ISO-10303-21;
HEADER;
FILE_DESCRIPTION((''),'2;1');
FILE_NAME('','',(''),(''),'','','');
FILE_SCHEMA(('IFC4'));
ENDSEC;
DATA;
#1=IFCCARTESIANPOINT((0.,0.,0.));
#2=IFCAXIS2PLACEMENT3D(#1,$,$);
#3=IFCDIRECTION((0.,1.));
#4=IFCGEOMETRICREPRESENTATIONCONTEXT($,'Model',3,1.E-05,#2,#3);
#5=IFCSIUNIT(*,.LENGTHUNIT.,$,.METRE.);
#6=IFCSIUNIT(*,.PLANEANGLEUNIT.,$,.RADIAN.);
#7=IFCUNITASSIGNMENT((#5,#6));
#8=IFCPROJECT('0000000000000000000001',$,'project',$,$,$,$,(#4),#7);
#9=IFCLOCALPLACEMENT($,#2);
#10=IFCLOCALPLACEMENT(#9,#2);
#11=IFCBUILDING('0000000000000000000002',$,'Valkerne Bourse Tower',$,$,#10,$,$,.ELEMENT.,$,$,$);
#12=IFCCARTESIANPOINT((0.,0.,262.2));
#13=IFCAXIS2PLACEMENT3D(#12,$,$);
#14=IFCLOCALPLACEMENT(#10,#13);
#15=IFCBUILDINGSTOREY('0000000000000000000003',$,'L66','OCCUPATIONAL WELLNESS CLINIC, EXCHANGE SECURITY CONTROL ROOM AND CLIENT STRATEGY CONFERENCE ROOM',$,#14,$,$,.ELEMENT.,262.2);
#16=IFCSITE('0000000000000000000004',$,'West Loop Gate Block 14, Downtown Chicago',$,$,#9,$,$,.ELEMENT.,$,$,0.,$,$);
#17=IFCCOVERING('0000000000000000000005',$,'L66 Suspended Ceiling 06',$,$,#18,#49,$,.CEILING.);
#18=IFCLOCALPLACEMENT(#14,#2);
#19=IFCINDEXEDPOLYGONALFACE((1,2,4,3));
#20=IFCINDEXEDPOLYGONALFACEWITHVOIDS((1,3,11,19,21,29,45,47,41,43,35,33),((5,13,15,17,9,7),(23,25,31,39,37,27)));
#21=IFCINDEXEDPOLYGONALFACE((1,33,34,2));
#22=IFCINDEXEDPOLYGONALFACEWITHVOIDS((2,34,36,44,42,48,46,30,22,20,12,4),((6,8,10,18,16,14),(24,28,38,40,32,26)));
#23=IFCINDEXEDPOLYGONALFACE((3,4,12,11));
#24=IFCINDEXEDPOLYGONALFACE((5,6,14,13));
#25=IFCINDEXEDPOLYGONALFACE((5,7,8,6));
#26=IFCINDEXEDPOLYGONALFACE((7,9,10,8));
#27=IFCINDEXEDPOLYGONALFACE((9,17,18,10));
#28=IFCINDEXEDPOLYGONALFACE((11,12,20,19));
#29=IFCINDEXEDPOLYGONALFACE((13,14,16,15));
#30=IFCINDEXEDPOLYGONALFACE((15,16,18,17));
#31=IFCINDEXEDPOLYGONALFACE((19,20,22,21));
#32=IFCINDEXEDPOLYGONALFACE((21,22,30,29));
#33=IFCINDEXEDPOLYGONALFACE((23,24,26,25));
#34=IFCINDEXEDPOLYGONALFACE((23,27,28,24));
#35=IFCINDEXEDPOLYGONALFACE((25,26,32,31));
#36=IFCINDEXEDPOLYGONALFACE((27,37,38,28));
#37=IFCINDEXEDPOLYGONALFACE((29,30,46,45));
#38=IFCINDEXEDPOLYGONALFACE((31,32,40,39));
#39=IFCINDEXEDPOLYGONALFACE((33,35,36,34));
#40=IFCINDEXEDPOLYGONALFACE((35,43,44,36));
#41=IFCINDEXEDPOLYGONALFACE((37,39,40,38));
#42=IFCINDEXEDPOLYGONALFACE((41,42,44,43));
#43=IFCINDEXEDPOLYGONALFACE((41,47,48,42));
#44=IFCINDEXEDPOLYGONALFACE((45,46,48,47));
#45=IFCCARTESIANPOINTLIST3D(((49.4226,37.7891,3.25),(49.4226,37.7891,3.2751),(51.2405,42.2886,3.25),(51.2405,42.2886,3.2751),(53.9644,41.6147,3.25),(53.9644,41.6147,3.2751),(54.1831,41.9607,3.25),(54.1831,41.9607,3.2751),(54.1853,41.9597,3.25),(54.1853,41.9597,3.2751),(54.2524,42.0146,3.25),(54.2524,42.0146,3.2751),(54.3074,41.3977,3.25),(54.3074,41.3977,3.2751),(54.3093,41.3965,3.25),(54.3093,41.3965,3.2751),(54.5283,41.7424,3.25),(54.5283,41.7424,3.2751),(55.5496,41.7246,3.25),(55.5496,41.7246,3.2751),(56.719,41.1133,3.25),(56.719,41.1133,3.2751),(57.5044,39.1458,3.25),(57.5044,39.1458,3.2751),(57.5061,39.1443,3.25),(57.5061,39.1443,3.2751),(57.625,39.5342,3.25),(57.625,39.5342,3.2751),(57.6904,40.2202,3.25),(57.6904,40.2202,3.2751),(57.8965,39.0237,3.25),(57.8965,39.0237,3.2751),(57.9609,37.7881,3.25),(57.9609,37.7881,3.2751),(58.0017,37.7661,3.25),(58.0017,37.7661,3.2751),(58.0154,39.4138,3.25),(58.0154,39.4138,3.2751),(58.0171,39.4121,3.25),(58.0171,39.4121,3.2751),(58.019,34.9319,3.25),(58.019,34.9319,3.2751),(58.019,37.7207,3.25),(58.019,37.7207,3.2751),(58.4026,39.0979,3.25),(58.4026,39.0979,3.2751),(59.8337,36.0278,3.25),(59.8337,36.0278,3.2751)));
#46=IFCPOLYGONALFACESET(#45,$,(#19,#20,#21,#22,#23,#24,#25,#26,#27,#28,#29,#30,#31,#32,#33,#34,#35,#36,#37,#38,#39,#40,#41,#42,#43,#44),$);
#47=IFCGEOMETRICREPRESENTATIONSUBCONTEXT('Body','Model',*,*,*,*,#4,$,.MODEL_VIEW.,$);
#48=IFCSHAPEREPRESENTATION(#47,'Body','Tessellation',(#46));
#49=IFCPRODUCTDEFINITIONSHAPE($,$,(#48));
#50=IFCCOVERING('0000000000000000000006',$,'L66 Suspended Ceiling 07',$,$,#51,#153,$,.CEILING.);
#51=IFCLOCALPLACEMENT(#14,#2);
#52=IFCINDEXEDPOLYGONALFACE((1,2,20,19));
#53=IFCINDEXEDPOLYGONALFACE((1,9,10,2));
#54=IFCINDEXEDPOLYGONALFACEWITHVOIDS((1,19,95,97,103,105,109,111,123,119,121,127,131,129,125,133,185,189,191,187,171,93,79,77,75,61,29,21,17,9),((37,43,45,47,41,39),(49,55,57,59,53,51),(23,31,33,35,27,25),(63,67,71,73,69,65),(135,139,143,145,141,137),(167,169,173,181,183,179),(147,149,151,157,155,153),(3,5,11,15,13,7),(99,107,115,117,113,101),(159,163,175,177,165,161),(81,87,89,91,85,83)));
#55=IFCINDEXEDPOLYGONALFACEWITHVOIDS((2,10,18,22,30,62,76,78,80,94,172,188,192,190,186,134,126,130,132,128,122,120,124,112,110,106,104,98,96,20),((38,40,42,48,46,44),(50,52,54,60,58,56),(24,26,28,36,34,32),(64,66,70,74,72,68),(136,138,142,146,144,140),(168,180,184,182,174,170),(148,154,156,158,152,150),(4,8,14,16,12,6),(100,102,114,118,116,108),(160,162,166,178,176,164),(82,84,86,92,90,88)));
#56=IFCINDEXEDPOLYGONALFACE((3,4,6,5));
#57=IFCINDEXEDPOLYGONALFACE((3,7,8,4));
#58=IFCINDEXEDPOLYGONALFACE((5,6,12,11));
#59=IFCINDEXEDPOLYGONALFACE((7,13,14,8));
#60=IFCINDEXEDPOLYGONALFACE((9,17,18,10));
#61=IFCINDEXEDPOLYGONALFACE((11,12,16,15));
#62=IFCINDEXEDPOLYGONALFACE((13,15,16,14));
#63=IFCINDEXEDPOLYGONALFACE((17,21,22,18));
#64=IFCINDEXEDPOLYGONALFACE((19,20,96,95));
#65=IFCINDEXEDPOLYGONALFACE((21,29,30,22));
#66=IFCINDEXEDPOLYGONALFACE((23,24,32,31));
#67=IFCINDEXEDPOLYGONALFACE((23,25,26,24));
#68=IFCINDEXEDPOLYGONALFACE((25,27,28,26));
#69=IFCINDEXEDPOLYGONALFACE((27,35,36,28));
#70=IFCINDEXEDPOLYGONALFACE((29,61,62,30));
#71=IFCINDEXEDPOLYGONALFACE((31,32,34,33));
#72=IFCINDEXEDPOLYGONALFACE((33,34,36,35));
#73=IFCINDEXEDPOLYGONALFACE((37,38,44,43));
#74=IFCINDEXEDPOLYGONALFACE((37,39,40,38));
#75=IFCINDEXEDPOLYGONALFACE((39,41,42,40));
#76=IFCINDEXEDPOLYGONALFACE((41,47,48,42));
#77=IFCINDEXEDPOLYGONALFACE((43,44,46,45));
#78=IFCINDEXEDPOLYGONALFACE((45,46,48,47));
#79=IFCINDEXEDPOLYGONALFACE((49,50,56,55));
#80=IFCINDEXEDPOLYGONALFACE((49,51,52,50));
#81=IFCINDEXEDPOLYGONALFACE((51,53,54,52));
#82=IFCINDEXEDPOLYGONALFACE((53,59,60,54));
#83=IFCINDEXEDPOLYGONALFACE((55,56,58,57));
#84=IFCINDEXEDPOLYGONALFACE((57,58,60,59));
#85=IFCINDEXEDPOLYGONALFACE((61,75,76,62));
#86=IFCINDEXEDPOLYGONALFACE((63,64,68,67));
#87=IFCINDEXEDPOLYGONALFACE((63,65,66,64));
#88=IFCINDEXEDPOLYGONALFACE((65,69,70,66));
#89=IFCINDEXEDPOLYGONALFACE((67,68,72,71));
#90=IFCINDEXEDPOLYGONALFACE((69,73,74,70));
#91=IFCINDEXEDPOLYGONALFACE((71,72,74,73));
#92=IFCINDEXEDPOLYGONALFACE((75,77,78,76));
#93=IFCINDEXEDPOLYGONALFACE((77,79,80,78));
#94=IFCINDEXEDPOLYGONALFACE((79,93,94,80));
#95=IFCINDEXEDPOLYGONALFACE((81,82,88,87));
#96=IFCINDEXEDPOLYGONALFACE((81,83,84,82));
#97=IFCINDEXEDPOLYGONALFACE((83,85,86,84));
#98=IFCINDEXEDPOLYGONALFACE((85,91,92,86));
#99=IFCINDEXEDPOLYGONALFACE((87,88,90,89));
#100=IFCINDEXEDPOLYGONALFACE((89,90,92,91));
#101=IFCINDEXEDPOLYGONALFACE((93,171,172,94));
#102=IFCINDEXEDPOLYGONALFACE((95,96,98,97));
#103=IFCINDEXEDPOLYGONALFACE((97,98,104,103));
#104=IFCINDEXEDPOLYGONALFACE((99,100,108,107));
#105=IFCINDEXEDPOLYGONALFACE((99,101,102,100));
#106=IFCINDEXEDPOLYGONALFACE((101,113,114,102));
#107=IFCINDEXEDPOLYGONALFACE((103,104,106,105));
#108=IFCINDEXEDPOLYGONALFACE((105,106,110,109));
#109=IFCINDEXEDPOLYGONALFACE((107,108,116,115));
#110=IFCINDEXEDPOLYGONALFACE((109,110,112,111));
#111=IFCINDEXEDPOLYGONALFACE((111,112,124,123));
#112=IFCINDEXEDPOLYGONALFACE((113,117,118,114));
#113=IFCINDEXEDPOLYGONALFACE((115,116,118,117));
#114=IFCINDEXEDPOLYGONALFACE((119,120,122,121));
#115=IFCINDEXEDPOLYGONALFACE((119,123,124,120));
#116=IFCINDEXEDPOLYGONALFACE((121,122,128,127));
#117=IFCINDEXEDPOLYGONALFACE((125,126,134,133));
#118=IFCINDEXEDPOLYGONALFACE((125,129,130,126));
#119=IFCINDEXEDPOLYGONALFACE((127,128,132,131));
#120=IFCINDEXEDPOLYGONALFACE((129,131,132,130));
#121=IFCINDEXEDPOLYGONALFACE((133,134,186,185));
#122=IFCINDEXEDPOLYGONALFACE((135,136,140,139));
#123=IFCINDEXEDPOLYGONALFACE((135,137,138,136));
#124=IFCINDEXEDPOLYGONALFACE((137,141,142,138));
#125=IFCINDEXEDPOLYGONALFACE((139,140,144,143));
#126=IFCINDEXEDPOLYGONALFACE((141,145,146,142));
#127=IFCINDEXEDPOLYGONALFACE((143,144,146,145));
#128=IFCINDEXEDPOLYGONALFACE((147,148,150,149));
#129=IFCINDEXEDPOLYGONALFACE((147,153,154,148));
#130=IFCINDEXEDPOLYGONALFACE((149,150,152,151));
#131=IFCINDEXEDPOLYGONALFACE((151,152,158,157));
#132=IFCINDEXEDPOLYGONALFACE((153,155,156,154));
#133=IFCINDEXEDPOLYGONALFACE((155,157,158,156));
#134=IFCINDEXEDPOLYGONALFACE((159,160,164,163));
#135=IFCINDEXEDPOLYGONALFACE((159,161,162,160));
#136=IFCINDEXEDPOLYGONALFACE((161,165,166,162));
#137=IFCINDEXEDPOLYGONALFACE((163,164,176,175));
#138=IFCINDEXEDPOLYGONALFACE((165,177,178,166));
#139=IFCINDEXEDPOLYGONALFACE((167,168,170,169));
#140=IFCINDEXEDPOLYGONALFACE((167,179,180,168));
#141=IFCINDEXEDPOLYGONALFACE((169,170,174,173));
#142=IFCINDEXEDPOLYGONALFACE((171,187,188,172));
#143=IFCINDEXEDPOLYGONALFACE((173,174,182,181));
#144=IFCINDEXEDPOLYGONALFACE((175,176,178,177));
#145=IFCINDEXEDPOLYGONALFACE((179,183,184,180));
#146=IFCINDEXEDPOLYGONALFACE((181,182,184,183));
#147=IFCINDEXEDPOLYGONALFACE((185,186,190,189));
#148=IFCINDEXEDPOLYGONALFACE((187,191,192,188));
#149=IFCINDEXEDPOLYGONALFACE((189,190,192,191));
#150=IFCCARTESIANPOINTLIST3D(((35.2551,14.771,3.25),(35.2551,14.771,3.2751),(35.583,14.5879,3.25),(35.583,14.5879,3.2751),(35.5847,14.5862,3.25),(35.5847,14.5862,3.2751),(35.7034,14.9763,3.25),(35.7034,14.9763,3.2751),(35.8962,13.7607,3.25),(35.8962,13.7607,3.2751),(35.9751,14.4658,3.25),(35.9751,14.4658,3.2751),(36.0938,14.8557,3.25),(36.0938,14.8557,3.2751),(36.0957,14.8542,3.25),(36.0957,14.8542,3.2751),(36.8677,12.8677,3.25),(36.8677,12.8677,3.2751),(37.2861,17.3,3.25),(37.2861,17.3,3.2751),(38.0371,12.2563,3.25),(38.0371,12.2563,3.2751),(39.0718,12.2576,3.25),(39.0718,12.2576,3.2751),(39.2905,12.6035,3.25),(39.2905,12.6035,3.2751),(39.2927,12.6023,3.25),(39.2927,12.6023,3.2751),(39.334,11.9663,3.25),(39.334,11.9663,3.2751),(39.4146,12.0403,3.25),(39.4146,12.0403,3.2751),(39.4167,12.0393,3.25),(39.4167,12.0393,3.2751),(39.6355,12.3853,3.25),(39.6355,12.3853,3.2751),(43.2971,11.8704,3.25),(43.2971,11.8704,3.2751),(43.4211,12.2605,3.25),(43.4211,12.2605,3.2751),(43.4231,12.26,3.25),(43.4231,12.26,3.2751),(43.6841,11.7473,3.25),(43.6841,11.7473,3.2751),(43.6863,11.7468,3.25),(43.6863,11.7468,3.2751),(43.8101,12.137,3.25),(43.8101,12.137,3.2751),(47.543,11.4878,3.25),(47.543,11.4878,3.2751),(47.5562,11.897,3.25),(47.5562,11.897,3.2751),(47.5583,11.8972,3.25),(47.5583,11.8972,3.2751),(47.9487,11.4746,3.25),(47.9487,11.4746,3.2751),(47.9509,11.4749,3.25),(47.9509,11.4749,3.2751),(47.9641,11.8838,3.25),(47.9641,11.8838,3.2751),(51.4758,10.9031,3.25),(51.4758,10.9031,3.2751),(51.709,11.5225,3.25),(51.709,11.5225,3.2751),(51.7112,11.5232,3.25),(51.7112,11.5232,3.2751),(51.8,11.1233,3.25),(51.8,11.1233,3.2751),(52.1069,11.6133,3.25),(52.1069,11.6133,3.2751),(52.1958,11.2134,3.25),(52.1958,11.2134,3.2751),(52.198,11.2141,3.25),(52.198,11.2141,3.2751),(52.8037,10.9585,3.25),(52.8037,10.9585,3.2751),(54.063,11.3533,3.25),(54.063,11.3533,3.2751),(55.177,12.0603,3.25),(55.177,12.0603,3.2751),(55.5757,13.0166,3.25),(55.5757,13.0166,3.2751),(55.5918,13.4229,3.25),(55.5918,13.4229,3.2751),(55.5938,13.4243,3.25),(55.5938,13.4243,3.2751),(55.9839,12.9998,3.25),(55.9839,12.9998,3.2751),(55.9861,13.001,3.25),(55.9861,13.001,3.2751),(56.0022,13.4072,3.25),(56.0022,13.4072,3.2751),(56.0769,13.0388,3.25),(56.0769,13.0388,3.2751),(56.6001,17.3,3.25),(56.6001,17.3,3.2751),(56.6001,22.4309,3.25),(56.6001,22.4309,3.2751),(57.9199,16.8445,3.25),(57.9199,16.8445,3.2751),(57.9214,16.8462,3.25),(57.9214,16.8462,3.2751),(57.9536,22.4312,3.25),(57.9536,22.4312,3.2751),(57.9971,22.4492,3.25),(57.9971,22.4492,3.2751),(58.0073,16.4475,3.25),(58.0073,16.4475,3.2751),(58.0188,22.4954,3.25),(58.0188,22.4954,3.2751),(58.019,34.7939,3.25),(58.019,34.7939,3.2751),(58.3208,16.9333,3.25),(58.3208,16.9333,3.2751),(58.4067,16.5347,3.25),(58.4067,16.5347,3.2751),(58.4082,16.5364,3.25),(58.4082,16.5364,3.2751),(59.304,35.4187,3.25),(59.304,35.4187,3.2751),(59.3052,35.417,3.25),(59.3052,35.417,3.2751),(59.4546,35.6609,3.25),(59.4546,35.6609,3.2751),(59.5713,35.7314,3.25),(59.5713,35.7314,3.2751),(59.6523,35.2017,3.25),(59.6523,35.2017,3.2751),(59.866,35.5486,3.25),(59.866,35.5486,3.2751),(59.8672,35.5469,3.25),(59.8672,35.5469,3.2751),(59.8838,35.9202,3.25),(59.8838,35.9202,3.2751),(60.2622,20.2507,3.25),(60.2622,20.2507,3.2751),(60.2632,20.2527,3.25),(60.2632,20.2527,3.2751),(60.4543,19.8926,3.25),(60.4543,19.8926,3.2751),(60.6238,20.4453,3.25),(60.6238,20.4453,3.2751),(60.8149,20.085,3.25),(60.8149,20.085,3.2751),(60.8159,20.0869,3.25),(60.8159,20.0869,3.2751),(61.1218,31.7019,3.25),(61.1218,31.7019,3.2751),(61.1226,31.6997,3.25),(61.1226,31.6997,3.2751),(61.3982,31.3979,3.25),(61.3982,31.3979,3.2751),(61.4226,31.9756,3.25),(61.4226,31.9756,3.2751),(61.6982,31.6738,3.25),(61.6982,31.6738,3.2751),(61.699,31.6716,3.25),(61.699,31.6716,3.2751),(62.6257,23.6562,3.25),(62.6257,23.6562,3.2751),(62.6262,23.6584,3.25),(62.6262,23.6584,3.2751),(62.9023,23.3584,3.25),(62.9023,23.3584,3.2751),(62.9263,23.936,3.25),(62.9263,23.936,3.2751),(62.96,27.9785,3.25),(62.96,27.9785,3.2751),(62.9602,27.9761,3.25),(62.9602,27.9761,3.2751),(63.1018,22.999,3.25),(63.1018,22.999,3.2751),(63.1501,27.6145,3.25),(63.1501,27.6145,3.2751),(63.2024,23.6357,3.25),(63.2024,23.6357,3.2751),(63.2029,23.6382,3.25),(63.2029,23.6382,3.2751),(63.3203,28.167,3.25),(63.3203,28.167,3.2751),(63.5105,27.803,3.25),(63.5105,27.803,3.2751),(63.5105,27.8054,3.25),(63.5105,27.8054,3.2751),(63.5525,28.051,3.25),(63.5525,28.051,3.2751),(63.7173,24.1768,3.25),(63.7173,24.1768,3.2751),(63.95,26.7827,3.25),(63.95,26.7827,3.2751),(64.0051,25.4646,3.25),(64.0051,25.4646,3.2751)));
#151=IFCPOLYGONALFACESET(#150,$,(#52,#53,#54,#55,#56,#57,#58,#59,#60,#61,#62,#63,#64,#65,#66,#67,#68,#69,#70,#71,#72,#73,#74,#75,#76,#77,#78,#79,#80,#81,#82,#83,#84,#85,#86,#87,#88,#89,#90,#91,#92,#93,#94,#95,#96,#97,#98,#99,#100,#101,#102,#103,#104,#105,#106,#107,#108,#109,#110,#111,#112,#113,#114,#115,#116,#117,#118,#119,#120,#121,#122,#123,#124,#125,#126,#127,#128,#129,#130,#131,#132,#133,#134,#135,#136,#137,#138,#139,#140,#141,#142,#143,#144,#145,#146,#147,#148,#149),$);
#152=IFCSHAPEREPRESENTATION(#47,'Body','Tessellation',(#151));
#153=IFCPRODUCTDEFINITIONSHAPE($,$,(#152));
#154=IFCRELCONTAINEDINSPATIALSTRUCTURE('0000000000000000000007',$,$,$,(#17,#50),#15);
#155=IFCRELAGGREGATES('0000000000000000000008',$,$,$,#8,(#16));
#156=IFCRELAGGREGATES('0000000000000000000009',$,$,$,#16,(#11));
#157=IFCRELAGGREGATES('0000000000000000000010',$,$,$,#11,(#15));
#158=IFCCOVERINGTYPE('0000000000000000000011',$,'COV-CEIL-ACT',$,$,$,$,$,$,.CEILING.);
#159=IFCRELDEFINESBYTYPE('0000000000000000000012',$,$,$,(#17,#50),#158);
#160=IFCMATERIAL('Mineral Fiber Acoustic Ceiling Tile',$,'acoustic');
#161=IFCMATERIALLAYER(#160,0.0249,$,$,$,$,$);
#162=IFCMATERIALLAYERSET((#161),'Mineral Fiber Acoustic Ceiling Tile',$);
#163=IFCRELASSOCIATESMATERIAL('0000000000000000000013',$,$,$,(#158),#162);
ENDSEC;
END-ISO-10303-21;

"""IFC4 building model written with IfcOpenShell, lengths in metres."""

from ifc_helpers import new_model, si_unit, direction, frame, origin, place, context, subcontext, project, spatial, polyline, outline, extrude, material, layer, layer_set, type_object, element, save


model = new_model("IFC4")

# Units and contexts
model_context = context("Model", 3, precision=1e-05, world=origin(), true_north=direction((0.0, 1.0)))
body_context = subcontext(model_context, "Body", "Model", "MODEL_VIEW")
ifc_project = project(units=[si_unit("LENGTHUNIT", "METRE"), si_unit("PLANEANGLEUNIT", "RADIAN")], contexts=[model_context])

# Site, building, storey
site_placement = place(None, origin())
site = spatial("IfcSite", under=ifc_project, at=site_placement, Name="West Loop Gate Block 14, Downtown Chicago", CompositionType="ELEMENT", RefElevation=0.0)
building_placement = place(site_placement, origin())
building = spatial("IfcBuilding", under=site, at=building_placement, Name="Valkerne Bourse Tower", CompositionType="ELEMENT")
storey_placement = place(building_placement, frame((0.0, 0.0, 262.2)))
storey = spatial("IfcBuildingStorey", under=building, at=storey_placement, Name="L66", Description="OCCUPATIONAL WELLNESS CLINIC, EXCHANGE SECURITY CONTROL ROOM AND CLIENT STRATEGY CONFERENCE ROOM", CompositionType="ELEMENT", Elevation=262.2)

# Coverings
ifc_material_1 = material(Name="Mineral Fiber Acoustic Ceiling Tile", Category="acoustic")
ifc_layer_1 = layer(ifc_material_1, 0.0249)
ifc_layer_set_1 = layer_set([ifc_layer_1], Name="Mineral Fiber Acoustic Ceiling Tile")
covering_type_1 = type_object("IfcCoveringType", Name="COV-CEIL-ACT", PredefinedType="CEILING", material=ifc_layer_set_1)
covering_1_placement = place(storey_placement, frame((0.0, 0.0, 3.25)))
element("IfcCovering", 1, at=covering_1_placement, inside=storey, type_object=covering_type_1, Name="L66 Suspended Ceiling 06", PredefinedType="CEILING", context=body_context, shape_type="SweptSolid", body=[
    extrude(outline(polyline([(56.719, 41.1133), (57.6904, 40.2202), (58.4026, 39.0979), (59.8337, 36.0278), (58.019, 34.9319), (58.019, 37.7207), (58.0017, 37.7661), (57.9609, 37.7881), (49.4226, 37.7891), (51.2405, 42.2886), (54.2524, 42.0146), (55.5496, 41.7246), (56.719, 41.1133)]), holes=[polyline([(58.0154, 39.4138), (57.625, 39.5342), (57.5044, 39.1458), (57.5061, 39.1443), (57.8965, 39.0237), (58.0171, 39.4121), (58.0154, 39.4138)]), polyline([(54.1853, 41.9597), (54.1831, 41.9607), (53.9644, 41.6147), (54.3074, 41.3977), (54.3093, 41.3965), (54.5283, 41.7424), (54.1853, 41.9597)])]), origin(), (0.0, 0.0, 1.0), 0.0251),
])
covering_2_placement = place(storey_placement, frame((0.0, 0.0, 3.25)))
element("IfcCovering", 2, at=covering_2_placement, inside=storey, type_object=covering_type_1, Name="L66 Suspended Ceiling 07", PredefinedType="CEILING", context=body_context, shape_type="SweptSolid", body=[
    extrude(outline(polyline([(63.7173, 24.1768), (63.1018, 22.999), (56.0769, 13.0388), (55.177, 12.0603), (54.063, 11.3533), (52.8037, 10.9585), (51.4758, 10.9031), (39.334, 11.9663), (38.0371, 12.2563), (36.8677, 12.8677), (35.8962, 13.7607), (35.2551, 14.771), (37.2861, 17.3), (56.6001, 17.3), (56.6001, 22.4309), (57.9536, 22.4312), (57.9971, 22.4492), (58.0188, 22.4954), (58.019, 34.7939), (59.4546, 35.6609), (59.304, 35.4187), (59.3052, 35.417), (59.6523, 35.2017), (59.8672, 35.5469), (59.866, 35.5486), (59.5713, 35.7314), (59.8838, 35.9202), (63.5525, 28.051), (63.95, 26.7827), (64.0051, 25.4646), (63.7173, 24.1768)]), holes=[polyline([(43.4231, 12.26), (43.4211, 12.2605), (43.2971, 11.8704), (43.6841, 11.7473), (43.6863, 11.7468), (43.8101, 12.137), (43.4231, 12.26)]), polyline([(39.2927, 12.6023), (39.2905, 12.6035), (39.0718, 12.2576), (39.4146, 12.0403), (39.4167, 12.0393), (39.6355, 12.3853), (39.2927, 12.6023)]), polyline([(36.0938, 14.8557), (35.7034, 14.9763), (35.583, 14.5879), (35.5847, 14.5862), (35.9751, 14.4658), (36.0957, 14.8542), (36.0938, 14.8557)]), polyline([(52.198, 11.2141), (52.1069, 11.6133), (51.7112, 11.5232), (51.709, 11.5225), (51.8, 11.1233), (52.1958, 11.2134), (52.198, 11.2141)]), polyline([(47.9641, 11.8838), (47.5583, 11.8972), (47.5562, 11.897), (47.543, 11.4878), (47.9487, 11.4746), (47.9509, 11.4749), (47.9641, 11.8838)]), polyline([(56.0022, 13.4072), (55.5938, 13.4243), (55.5918, 13.4229), (55.5757, 13.0166), (55.9839, 12.9998), (55.9861, 13.001), (56.0022, 13.4072)]), polyline([(58.4082, 16.5364), (58.3208, 16.9333), (57.9214, 16.8462), (57.9199, 16.8445), (58.0073, 16.4475), (58.4067, 16.5347), (58.4082, 16.5364)]), polyline([(60.8159, 20.0869), (60.6238, 20.4453), (60.2632, 20.2527), (60.2622, 20.2507), (60.4543, 19.8926), (60.8149, 20.085), (60.8159, 20.0869)]), polyline([(63.2029, 23.6382), (62.9263, 23.936), (62.6262, 23.6584), (62.6257, 23.6562), (62.9023, 23.3584), (63.2024, 23.6357), (63.2029, 23.6382)]), polyline([(63.5105, 27.8054), (63.3203, 28.167), (62.96, 27.9785), (62.9602, 27.9761), (63.1501, 27.6145), (63.5105, 27.803), (63.5105, 27.8054)]), polyline([(61.6982, 31.6738), (61.4226, 31.9756), (61.1218, 31.7019), (61.1226, 31.6997), (61.3982, 31.3979), (61.699, 31.6716), (61.6982, 31.6738)])]), origin(), (0.0, 0.0, 1.0), 0.0251),
])

save(model, "model.ifc")
